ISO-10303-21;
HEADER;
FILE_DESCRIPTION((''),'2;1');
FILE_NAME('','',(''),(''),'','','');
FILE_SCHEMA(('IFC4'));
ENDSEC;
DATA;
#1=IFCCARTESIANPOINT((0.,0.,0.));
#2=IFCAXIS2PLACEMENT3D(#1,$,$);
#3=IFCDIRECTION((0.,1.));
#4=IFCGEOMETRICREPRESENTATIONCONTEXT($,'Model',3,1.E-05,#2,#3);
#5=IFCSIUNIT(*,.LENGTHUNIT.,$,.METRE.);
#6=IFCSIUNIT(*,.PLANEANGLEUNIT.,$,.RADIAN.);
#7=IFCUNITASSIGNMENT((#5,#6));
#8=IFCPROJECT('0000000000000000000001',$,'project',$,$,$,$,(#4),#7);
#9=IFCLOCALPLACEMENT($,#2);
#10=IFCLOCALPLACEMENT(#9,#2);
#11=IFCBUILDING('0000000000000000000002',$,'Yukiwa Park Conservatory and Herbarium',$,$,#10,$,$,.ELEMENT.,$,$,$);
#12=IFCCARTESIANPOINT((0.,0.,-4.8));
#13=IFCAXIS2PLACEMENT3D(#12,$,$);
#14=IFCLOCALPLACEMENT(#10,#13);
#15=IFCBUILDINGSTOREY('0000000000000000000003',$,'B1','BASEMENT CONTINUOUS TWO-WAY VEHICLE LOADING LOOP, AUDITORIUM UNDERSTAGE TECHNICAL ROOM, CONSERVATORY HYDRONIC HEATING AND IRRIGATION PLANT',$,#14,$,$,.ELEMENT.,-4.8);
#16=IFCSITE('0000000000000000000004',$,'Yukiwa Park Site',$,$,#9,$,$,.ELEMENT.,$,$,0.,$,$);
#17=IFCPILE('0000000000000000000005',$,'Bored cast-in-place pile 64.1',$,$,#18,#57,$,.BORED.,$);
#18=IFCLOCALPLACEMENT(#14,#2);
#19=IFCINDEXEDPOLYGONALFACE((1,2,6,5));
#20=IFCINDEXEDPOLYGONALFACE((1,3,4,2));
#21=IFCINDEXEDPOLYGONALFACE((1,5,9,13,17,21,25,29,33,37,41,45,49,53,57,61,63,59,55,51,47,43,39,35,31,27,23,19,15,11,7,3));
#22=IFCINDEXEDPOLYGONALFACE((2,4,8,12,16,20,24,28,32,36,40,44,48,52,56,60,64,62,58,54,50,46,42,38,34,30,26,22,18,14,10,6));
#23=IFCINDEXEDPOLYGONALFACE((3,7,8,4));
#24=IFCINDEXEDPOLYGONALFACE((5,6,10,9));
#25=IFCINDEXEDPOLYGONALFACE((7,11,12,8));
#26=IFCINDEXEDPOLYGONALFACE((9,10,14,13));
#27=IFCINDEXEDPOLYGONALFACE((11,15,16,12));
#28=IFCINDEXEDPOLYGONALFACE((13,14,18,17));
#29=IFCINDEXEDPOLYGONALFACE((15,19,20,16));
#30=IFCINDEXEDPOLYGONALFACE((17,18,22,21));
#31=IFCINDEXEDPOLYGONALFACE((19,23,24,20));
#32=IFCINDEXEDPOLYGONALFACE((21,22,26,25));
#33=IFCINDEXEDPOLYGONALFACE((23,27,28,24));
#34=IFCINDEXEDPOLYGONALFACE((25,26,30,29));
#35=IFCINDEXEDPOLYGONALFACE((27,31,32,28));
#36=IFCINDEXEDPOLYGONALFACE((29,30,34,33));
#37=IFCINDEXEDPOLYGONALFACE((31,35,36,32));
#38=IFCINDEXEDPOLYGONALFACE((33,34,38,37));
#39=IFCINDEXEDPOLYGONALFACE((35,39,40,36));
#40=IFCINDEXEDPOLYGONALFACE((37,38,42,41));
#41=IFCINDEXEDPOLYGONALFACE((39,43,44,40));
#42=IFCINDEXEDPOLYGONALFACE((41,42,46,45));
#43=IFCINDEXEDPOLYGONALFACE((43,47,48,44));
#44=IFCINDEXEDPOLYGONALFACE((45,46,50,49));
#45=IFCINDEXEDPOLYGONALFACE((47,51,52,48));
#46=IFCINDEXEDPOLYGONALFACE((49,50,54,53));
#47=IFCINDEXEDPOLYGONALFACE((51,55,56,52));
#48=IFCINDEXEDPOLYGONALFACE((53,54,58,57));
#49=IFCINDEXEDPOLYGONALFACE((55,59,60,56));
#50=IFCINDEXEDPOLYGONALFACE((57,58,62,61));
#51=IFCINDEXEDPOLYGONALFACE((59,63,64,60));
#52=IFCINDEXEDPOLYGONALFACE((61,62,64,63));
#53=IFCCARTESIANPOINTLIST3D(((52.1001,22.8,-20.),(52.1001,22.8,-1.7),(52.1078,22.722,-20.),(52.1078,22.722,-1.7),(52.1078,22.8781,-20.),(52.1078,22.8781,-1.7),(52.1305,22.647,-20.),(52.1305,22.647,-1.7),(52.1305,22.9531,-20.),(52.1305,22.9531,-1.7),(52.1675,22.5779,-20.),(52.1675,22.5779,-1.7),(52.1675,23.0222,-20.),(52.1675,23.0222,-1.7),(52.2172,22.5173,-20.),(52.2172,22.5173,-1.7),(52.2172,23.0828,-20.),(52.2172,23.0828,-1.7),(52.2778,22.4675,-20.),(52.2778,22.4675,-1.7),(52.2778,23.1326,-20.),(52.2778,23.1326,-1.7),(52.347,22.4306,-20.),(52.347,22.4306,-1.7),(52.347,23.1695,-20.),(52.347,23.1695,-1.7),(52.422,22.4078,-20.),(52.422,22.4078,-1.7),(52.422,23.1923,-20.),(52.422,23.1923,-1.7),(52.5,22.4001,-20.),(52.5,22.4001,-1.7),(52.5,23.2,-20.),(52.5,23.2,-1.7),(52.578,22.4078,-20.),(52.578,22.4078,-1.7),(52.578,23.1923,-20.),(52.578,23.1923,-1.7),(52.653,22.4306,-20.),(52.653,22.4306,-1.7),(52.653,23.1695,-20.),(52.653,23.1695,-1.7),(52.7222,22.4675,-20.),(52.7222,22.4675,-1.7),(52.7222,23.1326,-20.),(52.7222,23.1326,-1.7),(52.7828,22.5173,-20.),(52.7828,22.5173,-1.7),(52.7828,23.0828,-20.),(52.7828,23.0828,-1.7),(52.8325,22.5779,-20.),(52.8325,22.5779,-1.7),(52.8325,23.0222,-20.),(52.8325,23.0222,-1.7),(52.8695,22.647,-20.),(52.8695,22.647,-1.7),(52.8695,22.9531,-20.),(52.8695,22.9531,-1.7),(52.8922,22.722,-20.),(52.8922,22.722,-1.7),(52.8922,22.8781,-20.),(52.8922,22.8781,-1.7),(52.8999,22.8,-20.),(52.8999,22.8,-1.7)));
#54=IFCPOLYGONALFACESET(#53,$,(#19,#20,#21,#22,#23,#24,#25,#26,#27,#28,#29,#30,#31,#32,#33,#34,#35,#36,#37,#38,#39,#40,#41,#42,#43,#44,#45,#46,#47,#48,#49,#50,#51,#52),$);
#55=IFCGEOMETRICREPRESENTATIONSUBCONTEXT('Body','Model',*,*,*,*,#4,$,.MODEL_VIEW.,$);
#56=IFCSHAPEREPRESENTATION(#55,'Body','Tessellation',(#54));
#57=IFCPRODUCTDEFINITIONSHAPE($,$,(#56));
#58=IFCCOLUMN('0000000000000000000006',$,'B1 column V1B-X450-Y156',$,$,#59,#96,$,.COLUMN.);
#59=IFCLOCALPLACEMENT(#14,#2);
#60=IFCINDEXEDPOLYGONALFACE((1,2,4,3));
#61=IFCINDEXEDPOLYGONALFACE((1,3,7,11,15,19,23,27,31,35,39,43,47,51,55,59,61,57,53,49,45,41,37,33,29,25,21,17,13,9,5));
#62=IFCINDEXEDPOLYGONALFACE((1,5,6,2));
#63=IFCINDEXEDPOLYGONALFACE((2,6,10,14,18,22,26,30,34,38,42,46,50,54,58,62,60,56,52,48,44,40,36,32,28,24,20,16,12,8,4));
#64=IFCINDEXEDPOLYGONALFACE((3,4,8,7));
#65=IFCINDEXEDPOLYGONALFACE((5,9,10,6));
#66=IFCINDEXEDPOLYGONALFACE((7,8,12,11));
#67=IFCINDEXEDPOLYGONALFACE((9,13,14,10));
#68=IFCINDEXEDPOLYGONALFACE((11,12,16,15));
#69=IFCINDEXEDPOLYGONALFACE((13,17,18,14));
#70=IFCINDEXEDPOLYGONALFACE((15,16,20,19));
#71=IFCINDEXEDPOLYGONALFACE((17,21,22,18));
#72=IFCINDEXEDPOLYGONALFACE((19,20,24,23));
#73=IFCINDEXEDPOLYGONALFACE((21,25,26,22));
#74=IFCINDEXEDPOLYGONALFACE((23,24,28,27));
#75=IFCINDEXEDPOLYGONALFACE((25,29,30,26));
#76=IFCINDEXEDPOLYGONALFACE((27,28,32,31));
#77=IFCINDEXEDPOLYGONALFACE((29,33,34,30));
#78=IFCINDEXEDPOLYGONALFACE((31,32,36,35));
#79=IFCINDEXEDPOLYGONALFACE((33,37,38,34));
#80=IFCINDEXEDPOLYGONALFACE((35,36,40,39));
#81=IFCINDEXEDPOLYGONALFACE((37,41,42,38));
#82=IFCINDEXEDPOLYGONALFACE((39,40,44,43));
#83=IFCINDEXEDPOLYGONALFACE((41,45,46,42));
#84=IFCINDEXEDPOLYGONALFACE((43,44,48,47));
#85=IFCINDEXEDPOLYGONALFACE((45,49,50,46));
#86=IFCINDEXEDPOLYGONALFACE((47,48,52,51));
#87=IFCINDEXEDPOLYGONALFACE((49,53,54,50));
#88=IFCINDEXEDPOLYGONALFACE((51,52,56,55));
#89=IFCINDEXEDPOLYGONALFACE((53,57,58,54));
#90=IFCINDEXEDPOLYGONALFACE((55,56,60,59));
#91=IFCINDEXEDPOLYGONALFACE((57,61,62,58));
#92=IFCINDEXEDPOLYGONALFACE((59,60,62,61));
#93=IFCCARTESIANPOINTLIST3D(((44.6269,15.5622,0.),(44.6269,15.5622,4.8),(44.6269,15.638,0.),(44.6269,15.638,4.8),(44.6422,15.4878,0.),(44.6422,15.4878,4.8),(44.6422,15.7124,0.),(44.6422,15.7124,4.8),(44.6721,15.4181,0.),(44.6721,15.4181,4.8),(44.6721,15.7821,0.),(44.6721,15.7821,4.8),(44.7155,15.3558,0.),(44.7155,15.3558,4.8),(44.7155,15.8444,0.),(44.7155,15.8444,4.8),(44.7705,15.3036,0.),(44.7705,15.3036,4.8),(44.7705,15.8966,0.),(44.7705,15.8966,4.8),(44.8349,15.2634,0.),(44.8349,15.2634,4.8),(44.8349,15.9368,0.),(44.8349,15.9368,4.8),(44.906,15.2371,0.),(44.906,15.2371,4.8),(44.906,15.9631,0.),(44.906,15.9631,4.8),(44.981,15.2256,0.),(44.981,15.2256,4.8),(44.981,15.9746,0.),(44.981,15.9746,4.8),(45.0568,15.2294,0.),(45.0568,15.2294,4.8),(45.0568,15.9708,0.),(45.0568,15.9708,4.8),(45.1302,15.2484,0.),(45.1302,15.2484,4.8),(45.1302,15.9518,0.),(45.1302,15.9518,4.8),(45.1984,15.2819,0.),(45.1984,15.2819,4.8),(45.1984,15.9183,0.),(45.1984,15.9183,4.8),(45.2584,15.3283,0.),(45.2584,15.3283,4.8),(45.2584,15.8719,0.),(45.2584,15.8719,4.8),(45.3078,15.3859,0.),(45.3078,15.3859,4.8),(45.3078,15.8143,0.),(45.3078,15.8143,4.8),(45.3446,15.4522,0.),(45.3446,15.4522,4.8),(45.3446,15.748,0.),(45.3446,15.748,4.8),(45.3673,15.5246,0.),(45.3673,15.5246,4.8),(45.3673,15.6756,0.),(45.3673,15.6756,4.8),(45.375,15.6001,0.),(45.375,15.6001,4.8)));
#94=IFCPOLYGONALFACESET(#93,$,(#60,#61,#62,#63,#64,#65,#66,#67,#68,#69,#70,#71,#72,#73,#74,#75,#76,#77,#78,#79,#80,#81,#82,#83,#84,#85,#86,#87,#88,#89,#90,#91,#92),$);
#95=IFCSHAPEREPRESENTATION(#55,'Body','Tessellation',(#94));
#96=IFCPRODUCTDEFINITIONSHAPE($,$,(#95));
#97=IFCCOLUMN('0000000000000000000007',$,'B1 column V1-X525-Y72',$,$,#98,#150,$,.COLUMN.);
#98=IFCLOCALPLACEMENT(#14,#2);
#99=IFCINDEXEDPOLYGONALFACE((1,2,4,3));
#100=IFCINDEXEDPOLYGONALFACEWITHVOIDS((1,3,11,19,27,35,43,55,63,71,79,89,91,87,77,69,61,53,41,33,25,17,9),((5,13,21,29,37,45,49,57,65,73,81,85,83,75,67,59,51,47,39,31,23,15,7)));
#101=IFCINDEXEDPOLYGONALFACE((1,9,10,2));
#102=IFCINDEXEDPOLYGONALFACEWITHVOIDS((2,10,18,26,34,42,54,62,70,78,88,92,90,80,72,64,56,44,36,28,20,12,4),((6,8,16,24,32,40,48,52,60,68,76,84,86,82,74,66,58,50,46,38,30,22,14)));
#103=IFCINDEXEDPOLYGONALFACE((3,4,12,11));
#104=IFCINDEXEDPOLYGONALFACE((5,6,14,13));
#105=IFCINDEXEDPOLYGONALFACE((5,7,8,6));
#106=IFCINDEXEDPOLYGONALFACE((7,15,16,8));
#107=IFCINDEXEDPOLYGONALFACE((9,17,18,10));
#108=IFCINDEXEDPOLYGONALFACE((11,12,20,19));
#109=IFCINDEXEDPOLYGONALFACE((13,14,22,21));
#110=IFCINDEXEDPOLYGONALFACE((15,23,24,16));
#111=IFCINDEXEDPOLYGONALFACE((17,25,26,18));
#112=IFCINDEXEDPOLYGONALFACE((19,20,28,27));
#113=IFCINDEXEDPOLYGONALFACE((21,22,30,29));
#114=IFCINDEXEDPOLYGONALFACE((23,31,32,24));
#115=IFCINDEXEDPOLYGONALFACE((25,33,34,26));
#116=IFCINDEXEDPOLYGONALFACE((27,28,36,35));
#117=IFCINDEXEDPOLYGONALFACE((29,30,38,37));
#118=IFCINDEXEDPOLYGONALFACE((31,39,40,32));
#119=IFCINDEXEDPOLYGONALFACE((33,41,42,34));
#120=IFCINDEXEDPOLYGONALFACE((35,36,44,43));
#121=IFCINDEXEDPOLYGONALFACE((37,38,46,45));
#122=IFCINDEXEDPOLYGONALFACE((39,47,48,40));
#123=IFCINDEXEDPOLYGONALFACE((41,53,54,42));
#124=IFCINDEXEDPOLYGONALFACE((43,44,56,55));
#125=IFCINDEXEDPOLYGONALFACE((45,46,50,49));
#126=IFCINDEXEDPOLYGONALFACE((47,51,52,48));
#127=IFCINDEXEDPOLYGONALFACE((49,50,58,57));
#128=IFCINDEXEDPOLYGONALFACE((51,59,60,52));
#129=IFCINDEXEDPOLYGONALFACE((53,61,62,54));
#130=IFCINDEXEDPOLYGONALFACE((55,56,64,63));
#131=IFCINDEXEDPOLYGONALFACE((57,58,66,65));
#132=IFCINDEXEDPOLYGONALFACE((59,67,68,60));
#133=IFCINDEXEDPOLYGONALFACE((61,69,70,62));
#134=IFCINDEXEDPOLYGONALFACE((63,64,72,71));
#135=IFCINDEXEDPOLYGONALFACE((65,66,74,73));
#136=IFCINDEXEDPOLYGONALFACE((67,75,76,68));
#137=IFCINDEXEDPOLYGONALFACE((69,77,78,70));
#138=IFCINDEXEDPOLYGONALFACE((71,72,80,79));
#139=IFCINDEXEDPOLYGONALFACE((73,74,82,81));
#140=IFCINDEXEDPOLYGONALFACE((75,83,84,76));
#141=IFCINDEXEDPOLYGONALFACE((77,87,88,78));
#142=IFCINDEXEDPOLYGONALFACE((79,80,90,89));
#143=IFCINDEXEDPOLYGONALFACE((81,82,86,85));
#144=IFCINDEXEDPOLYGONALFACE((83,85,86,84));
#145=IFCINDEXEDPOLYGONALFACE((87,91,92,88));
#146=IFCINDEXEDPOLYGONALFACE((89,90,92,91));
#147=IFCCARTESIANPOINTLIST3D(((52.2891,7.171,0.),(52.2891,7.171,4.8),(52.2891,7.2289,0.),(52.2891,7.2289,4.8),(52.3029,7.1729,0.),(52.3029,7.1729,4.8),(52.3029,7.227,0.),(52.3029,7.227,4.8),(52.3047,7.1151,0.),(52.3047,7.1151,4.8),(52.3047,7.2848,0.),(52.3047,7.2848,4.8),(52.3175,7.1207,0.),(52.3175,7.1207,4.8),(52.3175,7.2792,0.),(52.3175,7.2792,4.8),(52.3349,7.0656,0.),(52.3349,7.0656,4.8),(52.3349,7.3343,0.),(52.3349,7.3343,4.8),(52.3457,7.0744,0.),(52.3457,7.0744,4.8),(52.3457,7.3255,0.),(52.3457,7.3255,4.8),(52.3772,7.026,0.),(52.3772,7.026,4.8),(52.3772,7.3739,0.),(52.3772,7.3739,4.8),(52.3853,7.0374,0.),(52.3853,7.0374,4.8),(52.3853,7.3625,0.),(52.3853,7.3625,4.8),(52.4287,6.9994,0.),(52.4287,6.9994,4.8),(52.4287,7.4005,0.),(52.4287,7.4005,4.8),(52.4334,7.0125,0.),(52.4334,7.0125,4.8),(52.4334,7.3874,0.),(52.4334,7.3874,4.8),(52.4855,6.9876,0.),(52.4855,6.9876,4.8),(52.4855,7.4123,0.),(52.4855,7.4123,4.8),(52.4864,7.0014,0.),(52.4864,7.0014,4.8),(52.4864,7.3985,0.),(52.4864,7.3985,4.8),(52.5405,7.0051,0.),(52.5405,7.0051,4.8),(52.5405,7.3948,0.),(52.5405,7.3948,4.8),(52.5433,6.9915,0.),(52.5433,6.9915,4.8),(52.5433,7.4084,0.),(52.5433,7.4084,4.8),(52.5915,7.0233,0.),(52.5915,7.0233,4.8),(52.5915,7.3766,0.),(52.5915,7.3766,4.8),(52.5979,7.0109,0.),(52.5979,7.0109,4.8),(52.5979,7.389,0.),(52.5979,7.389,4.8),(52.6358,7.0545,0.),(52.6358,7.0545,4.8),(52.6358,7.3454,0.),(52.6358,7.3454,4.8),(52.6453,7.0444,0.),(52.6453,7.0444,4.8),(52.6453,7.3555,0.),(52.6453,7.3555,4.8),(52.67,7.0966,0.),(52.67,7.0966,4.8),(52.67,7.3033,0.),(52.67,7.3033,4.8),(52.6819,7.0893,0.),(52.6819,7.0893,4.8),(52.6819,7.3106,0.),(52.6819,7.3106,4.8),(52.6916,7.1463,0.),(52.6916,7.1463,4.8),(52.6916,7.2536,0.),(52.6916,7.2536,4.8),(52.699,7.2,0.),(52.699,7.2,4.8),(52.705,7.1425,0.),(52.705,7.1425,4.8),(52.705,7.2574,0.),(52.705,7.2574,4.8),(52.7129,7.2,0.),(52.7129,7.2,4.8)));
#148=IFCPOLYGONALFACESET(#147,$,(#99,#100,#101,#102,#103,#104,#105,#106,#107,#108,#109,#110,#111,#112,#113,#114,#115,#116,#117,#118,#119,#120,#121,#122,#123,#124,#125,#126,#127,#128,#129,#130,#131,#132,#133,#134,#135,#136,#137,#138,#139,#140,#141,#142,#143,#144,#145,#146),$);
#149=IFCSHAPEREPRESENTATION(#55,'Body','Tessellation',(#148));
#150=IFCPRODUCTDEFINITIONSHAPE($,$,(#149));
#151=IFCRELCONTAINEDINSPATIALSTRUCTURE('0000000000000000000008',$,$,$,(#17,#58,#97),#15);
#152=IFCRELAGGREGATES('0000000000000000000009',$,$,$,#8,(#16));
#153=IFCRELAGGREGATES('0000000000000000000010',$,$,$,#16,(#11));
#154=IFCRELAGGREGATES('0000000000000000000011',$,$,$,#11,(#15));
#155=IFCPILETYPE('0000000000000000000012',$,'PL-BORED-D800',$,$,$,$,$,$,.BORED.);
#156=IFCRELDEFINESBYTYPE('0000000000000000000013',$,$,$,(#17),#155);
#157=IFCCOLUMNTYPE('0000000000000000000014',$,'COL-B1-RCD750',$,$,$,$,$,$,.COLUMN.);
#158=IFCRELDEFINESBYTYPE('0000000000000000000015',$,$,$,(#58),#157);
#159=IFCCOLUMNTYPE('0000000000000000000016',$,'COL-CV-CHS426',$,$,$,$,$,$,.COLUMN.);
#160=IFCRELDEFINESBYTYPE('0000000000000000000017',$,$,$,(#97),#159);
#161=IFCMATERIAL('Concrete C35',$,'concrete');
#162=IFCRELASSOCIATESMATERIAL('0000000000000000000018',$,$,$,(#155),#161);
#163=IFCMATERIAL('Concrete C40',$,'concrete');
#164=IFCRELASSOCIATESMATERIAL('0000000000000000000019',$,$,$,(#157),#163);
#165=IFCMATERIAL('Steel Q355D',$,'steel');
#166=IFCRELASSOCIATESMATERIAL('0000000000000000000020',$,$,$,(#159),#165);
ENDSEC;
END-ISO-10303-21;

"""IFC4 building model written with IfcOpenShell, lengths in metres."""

from ifc_helpers import new_model, si_unit, direction, frame, origin, origin_2d, place, context, subcontext, project, spatial, circle, hollow_circle, extrude, material, material_profile, profile_set, type_object, element, save


model = new_model("IFC4")

# Units and contexts
model_context = context("Model", 3, precision=1e-05, world=origin(), true_north=direction((0.0, 1.0)))
body_context = subcontext(model_context, "Body", "Model", "MODEL_VIEW")
ifc_project = project(units=[si_unit("LENGTHUNIT", "METRE"), si_unit("PLANEANGLEUNIT", "RADIAN")], contexts=[model_context])

# Site, building, storey
site_placement = place(None, origin())
site = spatial("IfcSite", under=ifc_project, at=site_placement, Name="Yukiwa Park Site", CompositionType="ELEMENT", RefElevation=0.0)
building_placement = place(site_placement, origin())
building = spatial("IfcBuilding", under=site, at=building_placement, Name="Yukiwa Park Conservatory and Herbarium", CompositionType="ELEMENT")
storey_placement = place(building_placement, frame((0.0, 0.0, -4.8)))
storey = spatial("IfcBuildingStorey", under=building, at=storey_placement, Name="B1", Description="BASEMENT CONTINUOUS TWO-WAY VEHICLE LOADING LOOP, AUDITORIUM UNDERSTAGE TECHNICAL ROOM, CONSERVATORY HYDRONIC HEATING AND IRRIGATION PLANT", CompositionType="ELEMENT", Elevation=-4.8)

# Pile
ifc_material_1 = material(Name="Concrete C35", Category="concrete")
ifc_material_profile_1 = material_profile(ifc_material_1, circle(Radius=0.3999, at=origin_2d()), Name="PILE D800")
ifc_profile_set_1 = profile_set([ifc_material_profile_1], Name="Concrete C35")
pile_type = type_object("IfcPileType", Name="PL-BORED-D800", PredefinedType="BORED", material=ifc_profile_set_1)
pile_1_placement = place(storey_placement, frame((52.5, 22.8, -1.7), z_axis=(0.0, 0.0, -1.0), x_axis=(1.0, 0.0, 0.0)))
element("IfcPile", 1, at=pile_1_placement, inside=storey, type_object=pile_type, Name="Bored cast-in-place pile 64.1", PredefinedType="BORED", context=body_context, shape_type="SweptSolid", body=[
    extrude(circle(Radius=0.3999, at=origin_2d()), origin(), (0.0, 0.0, 1.0), 18.3),
])

# Columns
ifc_material_2 = material(Name="Concrete C40", Category="concrete")
ifc_material_profile_2 = material_profile(ifc_material_2, circle(Radius=0.375, at=origin_2d()), Name="RC D750")
ifc_profile_set_2 = profile_set([ifc_material_profile_2], Name="Concrete C40")
column_type_1 = type_object("IfcColumnType", Name="COL-B1-RCD750", PredefinedType="COLUMN", material=ifc_profile_set_2)
column_placement = place(storey_placement, frame((45.0, 15.6001, 0.0), z_axis=(0.0, 0.0, 1.0), x_axis=(1.0, 0.0, 0.0)))
element("IfcColumn", 2, at=column_placement, inside=storey, type_object=column_type_1, Name="B1 column V1B-X450-Y156", PredefinedType="COLUMN", context=body_context, shape_type="SweptSolid", body=[
    extrude(circle(Radius=0.375, at=origin_2d()), origin(), (0.0, 0.0, 1.0), 4.8),
])
ifc_material_3 = material(Name="Steel Q355D", Category="steel")
ifc_material_profile_3 = material_profile(ifc_material_3, hollow_circle(Radius=0.2129, WallThickness=0.0139, at=origin_2d()), Name="CHS 426x14")
ifc_profile_set_3 = profile_set([ifc_material_profile_3], Name="Steel Q355D")
column_type_2 = type_object("IfcColumnType", Name="COL-CV-CHS426", PredefinedType="COLUMN", material=ifc_profile_set_3)
for number, where, z_axis, x_axis, name in (
    (3, (52.5, 7.2, 0.0), (0.0, 0.0, 1.0), (1.0, 0.0, 0.0), "B1 column V1-X525-Y72"),
):
    element("IfcColumn", number, at=place(storey_placement, frame(where, z_axis=z_axis, x_axis=x_axis)), inside=storey, type_object=column_type_2, Name=name, PredefinedType="COLUMN", context=body_context, shape_type="SweptSolid", body=[
        extrude(hollow_circle(Radius=0.2129, WallThickness=0.0139, at=origin_2d()), origin(), (0.0, 0.0, 1.0), 4.8),
    ])

save(model, "model.ifc")
